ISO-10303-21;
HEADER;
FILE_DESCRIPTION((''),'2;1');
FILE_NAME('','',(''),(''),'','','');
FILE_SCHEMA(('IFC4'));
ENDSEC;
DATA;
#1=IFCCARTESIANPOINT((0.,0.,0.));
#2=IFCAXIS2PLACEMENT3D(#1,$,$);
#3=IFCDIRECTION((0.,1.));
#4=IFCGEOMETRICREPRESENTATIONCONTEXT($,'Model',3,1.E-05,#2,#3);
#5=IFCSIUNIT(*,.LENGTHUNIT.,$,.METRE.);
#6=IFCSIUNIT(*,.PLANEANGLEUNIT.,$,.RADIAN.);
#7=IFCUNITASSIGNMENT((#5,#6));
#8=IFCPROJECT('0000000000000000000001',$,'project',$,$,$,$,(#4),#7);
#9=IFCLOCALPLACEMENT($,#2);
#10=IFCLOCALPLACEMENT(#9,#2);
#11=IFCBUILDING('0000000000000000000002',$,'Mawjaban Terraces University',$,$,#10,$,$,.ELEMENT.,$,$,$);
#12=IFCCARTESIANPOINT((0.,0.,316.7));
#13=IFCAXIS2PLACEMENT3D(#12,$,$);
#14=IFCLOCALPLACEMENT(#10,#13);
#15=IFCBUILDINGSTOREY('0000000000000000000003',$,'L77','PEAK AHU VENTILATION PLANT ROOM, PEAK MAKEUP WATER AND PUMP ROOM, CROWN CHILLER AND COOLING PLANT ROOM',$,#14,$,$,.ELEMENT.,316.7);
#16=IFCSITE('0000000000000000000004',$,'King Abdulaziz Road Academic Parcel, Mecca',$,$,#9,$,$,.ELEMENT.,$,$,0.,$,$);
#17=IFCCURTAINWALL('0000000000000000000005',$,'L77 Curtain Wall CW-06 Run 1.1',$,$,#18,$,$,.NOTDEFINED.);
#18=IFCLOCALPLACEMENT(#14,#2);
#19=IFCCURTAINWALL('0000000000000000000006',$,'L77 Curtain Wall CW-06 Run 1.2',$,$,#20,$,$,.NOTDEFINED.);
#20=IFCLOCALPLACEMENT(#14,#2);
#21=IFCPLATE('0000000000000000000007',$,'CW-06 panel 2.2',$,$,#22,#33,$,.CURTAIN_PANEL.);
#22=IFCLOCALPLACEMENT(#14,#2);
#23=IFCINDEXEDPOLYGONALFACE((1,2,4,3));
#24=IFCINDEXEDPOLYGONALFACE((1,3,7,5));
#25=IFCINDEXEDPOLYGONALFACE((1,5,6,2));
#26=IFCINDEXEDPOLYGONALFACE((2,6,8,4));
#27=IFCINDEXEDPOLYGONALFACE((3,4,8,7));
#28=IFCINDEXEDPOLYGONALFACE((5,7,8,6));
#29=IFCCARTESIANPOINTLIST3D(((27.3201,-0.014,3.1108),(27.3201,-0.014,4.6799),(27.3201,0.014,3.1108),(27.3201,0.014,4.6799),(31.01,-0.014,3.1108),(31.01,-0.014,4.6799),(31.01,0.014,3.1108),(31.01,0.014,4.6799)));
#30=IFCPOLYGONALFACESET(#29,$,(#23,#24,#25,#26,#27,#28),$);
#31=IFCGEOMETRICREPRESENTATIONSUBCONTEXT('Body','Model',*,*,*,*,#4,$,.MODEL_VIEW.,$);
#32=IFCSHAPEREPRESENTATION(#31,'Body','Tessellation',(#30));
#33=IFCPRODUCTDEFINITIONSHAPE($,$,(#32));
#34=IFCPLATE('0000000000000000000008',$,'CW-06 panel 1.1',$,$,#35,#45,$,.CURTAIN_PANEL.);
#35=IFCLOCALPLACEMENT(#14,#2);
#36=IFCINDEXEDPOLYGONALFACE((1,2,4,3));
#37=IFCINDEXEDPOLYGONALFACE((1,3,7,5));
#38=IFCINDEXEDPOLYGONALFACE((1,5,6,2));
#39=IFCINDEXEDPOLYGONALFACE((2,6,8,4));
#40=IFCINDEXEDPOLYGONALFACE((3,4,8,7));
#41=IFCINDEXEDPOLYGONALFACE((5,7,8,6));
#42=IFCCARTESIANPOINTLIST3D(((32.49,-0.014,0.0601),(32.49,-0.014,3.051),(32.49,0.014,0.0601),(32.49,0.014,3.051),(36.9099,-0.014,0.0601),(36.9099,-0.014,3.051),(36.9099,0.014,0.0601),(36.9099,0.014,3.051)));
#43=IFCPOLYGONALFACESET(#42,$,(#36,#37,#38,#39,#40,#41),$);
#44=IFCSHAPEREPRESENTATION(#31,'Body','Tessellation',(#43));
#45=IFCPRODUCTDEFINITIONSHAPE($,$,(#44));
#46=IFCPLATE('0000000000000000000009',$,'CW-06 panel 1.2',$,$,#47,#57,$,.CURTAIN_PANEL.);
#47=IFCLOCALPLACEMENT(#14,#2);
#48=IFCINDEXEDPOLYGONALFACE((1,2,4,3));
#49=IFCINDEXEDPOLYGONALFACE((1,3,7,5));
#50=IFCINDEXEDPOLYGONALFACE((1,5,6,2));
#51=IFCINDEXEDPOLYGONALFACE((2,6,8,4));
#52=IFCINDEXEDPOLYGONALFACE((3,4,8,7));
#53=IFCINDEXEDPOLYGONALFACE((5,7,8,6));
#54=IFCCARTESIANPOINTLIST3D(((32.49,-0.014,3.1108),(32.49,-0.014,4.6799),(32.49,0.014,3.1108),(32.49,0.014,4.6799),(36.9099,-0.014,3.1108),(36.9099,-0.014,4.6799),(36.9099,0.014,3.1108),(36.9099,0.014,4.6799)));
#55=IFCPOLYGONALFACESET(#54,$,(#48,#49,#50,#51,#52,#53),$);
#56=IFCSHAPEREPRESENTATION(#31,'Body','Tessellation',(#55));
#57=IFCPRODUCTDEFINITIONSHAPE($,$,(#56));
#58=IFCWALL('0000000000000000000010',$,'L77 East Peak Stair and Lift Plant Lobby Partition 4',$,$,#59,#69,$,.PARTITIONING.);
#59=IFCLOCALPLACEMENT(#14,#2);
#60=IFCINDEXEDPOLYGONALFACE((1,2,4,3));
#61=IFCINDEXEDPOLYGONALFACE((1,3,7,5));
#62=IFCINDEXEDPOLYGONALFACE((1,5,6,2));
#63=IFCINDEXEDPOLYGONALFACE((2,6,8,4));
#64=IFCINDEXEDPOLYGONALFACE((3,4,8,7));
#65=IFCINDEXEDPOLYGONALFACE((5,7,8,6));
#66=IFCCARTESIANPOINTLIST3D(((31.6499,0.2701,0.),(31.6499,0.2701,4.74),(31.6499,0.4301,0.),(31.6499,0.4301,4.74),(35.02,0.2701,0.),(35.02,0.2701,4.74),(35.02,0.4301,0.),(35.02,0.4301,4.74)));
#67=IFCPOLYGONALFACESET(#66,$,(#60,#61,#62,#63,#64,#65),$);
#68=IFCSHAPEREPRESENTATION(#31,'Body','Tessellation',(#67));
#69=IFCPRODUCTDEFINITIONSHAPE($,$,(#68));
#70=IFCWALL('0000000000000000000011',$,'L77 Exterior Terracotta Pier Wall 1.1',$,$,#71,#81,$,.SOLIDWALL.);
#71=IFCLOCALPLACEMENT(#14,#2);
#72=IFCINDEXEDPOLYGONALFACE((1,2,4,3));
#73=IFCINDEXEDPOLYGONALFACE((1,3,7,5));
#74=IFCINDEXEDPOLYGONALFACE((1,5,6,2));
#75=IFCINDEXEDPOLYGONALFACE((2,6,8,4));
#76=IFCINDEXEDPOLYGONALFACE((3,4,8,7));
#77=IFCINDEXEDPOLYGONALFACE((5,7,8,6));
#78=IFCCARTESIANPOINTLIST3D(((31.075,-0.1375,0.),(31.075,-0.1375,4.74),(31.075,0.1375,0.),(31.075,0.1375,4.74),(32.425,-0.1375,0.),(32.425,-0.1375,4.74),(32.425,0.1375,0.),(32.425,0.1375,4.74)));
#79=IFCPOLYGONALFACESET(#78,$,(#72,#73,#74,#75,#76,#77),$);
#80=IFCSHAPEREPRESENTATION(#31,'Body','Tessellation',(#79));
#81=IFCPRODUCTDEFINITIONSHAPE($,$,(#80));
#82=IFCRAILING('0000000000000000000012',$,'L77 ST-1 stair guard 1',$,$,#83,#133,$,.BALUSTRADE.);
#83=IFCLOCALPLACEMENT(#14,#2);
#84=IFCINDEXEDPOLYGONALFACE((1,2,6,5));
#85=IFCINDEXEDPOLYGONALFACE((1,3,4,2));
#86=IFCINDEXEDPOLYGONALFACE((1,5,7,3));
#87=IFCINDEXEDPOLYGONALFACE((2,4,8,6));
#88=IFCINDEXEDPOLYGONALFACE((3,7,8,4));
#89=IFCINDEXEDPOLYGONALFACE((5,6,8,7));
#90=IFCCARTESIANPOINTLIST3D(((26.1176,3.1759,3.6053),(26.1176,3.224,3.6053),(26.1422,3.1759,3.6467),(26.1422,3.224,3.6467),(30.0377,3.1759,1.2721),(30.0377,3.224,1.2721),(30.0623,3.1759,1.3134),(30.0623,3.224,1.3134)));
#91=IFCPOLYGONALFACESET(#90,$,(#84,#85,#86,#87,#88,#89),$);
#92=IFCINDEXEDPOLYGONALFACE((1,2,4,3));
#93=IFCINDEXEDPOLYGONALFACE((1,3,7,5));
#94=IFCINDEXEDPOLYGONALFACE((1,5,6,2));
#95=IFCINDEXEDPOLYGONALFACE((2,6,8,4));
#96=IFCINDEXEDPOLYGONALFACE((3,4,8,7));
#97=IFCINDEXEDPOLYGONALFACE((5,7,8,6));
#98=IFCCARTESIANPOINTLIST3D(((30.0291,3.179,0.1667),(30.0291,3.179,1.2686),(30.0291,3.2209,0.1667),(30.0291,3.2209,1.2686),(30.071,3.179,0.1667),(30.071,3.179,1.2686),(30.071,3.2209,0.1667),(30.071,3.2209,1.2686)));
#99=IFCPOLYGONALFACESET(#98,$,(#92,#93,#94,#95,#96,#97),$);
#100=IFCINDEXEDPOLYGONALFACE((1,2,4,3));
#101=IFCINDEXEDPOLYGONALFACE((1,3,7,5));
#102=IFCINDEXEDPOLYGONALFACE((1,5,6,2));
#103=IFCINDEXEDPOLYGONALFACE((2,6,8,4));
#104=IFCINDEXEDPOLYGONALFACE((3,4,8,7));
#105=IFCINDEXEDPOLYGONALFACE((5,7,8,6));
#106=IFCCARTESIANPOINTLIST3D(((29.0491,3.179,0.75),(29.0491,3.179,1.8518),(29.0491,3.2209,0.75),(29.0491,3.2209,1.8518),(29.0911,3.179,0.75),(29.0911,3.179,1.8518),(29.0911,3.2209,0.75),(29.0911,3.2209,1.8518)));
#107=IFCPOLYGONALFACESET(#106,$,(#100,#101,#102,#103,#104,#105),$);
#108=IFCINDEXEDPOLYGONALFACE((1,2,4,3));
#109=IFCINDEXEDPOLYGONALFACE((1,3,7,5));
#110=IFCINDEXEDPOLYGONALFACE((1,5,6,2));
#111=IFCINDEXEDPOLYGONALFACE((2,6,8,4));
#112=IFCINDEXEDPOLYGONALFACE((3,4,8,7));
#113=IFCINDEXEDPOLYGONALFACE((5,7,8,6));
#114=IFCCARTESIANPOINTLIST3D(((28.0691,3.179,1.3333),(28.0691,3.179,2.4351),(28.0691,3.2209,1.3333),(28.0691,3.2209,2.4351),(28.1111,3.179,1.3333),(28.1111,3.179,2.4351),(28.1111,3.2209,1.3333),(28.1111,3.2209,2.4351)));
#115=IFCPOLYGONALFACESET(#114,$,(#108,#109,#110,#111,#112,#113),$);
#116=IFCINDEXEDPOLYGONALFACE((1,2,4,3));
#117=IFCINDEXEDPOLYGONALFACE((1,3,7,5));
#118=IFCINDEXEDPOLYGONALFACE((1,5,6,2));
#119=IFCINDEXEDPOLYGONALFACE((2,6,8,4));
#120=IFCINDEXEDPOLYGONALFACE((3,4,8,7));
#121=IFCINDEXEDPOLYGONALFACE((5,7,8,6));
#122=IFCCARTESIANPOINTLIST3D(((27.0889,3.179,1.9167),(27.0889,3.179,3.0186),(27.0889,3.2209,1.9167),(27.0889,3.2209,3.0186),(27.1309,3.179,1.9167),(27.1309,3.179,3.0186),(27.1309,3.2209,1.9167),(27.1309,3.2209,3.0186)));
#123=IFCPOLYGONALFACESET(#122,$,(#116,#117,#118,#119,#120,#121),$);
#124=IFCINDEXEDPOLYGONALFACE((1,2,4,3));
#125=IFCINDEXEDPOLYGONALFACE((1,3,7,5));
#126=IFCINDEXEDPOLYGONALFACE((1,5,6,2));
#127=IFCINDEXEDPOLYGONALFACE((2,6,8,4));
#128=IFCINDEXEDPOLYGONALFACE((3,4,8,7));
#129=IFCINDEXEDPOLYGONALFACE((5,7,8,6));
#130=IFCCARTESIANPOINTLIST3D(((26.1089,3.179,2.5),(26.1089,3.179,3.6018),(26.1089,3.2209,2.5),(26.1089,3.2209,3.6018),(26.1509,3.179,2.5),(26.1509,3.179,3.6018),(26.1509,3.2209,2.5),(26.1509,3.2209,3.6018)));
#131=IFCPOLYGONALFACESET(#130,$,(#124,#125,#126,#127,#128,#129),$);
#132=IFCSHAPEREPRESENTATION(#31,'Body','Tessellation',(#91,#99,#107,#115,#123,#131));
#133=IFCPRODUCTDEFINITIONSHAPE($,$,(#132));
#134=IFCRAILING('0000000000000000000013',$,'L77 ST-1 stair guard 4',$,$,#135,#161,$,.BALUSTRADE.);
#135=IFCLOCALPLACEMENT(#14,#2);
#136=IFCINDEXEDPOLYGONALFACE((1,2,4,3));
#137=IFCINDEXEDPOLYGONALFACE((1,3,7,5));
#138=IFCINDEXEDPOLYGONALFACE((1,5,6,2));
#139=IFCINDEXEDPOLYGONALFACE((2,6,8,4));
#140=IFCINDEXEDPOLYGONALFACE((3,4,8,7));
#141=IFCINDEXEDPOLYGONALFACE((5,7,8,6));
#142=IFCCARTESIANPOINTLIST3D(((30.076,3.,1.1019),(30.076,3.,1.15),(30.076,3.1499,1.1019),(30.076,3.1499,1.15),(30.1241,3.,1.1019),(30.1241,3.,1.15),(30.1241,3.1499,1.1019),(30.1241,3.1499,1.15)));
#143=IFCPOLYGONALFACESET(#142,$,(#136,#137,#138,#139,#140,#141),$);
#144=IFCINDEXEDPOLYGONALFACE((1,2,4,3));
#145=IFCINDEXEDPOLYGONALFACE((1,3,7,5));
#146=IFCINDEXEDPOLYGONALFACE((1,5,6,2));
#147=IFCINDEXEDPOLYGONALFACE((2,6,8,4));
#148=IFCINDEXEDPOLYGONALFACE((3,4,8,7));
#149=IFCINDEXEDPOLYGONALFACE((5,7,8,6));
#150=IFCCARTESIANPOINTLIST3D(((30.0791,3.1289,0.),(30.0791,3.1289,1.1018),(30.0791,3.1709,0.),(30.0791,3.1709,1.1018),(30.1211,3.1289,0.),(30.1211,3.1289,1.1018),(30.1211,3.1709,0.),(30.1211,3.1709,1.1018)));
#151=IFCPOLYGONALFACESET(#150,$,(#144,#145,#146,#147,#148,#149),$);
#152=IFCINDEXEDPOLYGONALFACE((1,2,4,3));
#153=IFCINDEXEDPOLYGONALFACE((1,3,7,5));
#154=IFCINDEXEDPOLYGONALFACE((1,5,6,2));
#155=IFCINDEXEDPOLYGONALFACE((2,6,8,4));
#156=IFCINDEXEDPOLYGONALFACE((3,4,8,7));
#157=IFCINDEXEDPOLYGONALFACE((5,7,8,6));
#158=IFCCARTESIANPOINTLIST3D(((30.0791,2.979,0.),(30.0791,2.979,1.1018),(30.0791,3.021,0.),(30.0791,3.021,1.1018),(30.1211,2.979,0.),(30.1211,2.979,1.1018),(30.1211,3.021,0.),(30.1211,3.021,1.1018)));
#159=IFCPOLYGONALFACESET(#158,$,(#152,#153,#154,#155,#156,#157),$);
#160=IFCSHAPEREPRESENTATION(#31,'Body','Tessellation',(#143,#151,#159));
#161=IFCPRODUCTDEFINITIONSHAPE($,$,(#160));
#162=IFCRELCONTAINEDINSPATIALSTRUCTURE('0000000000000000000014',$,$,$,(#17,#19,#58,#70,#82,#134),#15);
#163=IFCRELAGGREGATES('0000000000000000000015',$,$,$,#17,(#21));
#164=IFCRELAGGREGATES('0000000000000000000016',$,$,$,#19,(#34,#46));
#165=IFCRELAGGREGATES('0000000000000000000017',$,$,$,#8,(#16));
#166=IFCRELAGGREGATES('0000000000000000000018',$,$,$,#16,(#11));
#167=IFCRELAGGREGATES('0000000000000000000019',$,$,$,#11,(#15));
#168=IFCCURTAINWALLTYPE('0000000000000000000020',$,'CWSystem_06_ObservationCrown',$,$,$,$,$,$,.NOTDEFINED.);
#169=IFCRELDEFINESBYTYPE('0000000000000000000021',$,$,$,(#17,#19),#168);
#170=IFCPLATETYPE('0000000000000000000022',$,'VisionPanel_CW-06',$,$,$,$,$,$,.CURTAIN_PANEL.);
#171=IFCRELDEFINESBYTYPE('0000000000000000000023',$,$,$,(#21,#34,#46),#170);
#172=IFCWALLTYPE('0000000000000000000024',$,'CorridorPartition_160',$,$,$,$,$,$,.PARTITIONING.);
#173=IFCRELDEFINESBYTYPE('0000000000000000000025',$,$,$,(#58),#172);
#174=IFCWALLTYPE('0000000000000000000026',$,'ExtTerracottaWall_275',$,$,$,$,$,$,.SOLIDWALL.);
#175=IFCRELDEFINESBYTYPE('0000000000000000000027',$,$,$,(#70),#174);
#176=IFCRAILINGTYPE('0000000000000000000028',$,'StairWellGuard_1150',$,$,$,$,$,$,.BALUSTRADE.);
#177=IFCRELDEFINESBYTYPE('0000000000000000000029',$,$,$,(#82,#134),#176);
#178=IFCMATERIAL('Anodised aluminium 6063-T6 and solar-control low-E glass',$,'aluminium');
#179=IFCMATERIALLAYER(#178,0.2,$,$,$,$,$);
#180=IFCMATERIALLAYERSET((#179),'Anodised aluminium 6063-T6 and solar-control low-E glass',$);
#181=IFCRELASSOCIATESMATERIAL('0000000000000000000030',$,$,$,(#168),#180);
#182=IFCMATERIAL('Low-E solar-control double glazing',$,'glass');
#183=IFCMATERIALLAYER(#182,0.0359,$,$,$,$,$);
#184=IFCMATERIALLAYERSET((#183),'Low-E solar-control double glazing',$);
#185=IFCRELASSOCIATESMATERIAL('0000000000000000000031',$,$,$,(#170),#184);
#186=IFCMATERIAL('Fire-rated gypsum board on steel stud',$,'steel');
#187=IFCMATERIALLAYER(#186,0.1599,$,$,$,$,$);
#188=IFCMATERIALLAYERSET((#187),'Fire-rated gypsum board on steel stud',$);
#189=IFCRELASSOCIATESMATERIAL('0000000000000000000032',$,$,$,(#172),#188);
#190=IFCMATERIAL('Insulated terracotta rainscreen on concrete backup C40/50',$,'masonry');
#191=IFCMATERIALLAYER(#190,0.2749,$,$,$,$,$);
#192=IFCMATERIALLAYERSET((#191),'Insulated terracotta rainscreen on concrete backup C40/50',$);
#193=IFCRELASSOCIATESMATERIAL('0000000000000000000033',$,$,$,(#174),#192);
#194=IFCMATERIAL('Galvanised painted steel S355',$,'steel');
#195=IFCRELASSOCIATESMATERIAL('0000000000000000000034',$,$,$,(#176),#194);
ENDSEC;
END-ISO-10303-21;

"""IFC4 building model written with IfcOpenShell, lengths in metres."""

from ifc_helpers import new_model, si_unit, direction, frame, frame_2d, origin, origin_2d, place, context, subcontext, project, spatial, rectangle, extrude, material, layer, layer_set, type_object, element, aggregate, save


model = new_model("IFC4")

# Units and contexts
model_context = context("Model", 3, precision=1e-05, world=origin(), true_north=direction((0.0, 1.0)))
body_context = subcontext(model_context, "Body", "Model", "MODEL_VIEW")
ifc_project = project(units=[si_unit("LENGTHUNIT", "METRE"), si_unit("PLANEANGLEUNIT", "RADIAN")], contexts=[model_context])

# Site, building, storey
site_placement = place(None, origin())
site = spatial("IfcSite", under=ifc_project, at=site_placement, Name="King Abdulaziz Road Academic Parcel, Mecca", CompositionType="ELEMENT", RefElevation=0.0)
building_placement = place(site_placement, origin())
building = spatial("IfcBuilding", under=site, at=building_placement, Name="Mawjaban Terraces University", CompositionType="ELEMENT")
storey_placement = place(building_placement, frame((0.0, 0.0, 316.7)))
storey = spatial("IfcBuildingStorey", under=building, at=storey_placement, Name="L77", Description="PEAK AHU VENTILATION PLANT ROOM, PEAK MAKEUP WATER AND PUMP ROOM, CROWN CHILLER AND COOLING PLANT ROOM", CompositionType="ELEMENT", Elevation=316.7)

# Curtain wall
ifc_material_1 = material(Name="Anodised aluminium 6063-T6 and solar-control low-E glass", Category="aluminium")
ifc_layer_1 = layer(ifc_material_1, 0.2)
ifc_layer_set_1 = layer_set([ifc_layer_1], Name="Anodised aluminium 6063-T6 and solar-control low-E glass")
curtain_wall_type = type_object("IfcCurtainWallType", Name="CWSystem_06_ObservationCrown", PredefinedType="NOTDEFINED", material=ifc_layer_set_1)
curtain_wall_1_placement = place(storey_placement, origin())
curtain_wall_1 = element("IfcCurtainWall", 1, at=curtain_wall_1_placement, inside=storey, type_object=curtain_wall_type, Name="L77 Curtain Wall CW-06 Run 1.1", PredefinedType="NOTDEFINED")

# Curtain wall
curtain_wall_2_placement = place(storey_placement, origin())
curtain_wall_2 = element("IfcCurtainWall", 2, at=curtain_wall_2_placement, inside=storey, type_object=curtain_wall_type, Name="L77 Curtain Wall CW-06 Run 1.2", PredefinedType="NOTDEFINED")

# Plates
ifc_material_2 = material(Name="Low-E solar-control double glazing", Category="glass")
ifc_layer_2 = layer(ifc_material_2, 0.0359)
ifc_layer_set_2 = layer_set([ifc_layer_2], Name="Low-E solar-control double glazing")
plate_type = type_object("IfcPlateType", Name="VisionPanel_CW-06", PredefinedType="CURTAIN_PANEL", material=ifc_layer_set_2)
plate_1_placement = place(storey_placement, frame((29.165, 0.0, 3.1108), z_axis=(0.0, 0.0, 1.0), x_axis=(1.0, 0.0, 0.0)))
plate_1 = element("IfcPlate", 3, at=plate_1_placement, type_object=plate_type, Name="CW-06 panel 2.2", PredefinedType="CURTAIN_PANEL", context=body_context, shape_type="SweptSolid", body=[
    extrude(rectangle(XDim=3.6899, YDim=0.0281, at=origin_2d()), origin(), (0.0, 0.0, 1.0), 1.5691),
])
aggregate(curtain_wall_1, [plate_1])
plate_2_placement = place(storey_placement, frame((34.7, 0.0, 0.0601), z_axis=(0.0, 0.0, 1.0), x_axis=(1.0, 0.0, 0.0)))
plate_2 = element("IfcPlate", 4, at=plate_2_placement, type_object=plate_type, Name="CW-06 panel 1.1", PredefinedType="CURTAIN_PANEL", context=body_context, shape_type="SweptSolid", body=[
    extrude(rectangle(XDim=4.4199, YDim=0.0281, at=origin_2d()), origin(), (0.0, 0.0, 1.0), 2.991),
])
plate_3_placement = place(storey_placement, frame((34.7, 0.0, 3.1108), z_axis=(0.0, 0.0, 1.0), x_axis=(1.0, 0.0, 0.0)))
plate_3 = element("IfcPlate", 5, at=plate_3_placement, type_object=plate_type, Name="CW-06 panel 1.2", PredefinedType="CURTAIN_PANEL", context=body_context, shape_type="SweptSolid", body=[
    extrude(rectangle(XDim=4.4199, YDim=0.0281, at=origin_2d()), origin(), (0.0, 0.0, 1.0), 1.5691),
])
aggregate(curtain_wall_2, [plate_2, plate_3])

# Walls
ifc_material_3 = material(Name="Fire-rated gypsum board on steel stud", Category="steel")
ifc_layer_3 = layer(ifc_material_3, 0.1599)
ifc_layer_set_3 = layer_set([ifc_layer_3], Name="Fire-rated gypsum board on steel stud")
wall_type_1 = type_object("IfcWallType", Name="CorridorPartition_160", PredefinedType="PARTITIONING", material=ifc_layer_set_3)
wall_1_placement = place(storey_placement, frame((31.6499, 0.3501, 0.0), z_axis=(0.0, 0.0, 1.0), x_axis=(1.0, 0.0, 0.0)))
element("IfcWall", 6, at=wall_1_placement, inside=storey, type_object=wall_type_1, Name="L77 East Peak Stair and Lift Plant Lobby Partition 4", PredefinedType="PARTITIONING", context=body_context, shape_type="SweptSolid", body=[
    extrude(rectangle(XDim=3.3701, YDim=0.1599, at=frame_2d((1.6851, 0.0))), origin(), (0.0, 0.0, 1.0), 4.74),
])
ifc_material_4 = material(Name="Insulated terracotta rainscreen on concrete backup C40/50", Category="masonry")
ifc_layer_4 = layer(ifc_material_4, 0.2749)
ifc_layer_set_4 = layer_set([ifc_layer_4], Name="Insulated terracotta rainscreen on concrete backup C40/50")
wall_type_2 = type_object("IfcWallType", Name="ExtTerracottaWall_275", PredefinedType="SOLIDWALL", material=ifc_layer_set_4)
wall_2_placement = place(storey_placement, frame((31.075, 0.0, 0.0), z_axis=(0.0, 0.0, 1.0), x_axis=(1.0, 0.0, 0.0)))
element("IfcWall", 7, at=wall_2_placement, inside=storey, type_object=wall_type_2, Name="L77 Exterior Terracotta Pier Wall 1.1", PredefinedType="SOLIDWALL", context=body_context, shape_type="SweptSolid", body=[
    extrude(rectangle(XDim=1.3501, YDim=0.2749, at=frame_2d((0.675, 0.0))), origin(), (0.0, 0.0, 1.0), 4.74),
])

# Railings
ifc_material_5 = material(Name="Galvanised painted steel S355", Category="steel")
railing_type = type_object("IfcRailingType", Name="StairWellGuard_1150", PredefinedType="BALUSTRADE", material=ifc_material_5)
railing_1_placement = place(storey_placement, frame((30.05, 3.2, 0.1667)))
element("IfcRailing", 8, at=railing_1_placement, inside=storey, type_object=railing_type, Name="L77 ST-1 stair guard 1", PredefinedType="BALUSTRADE", context=body_context, shape_type="SweptSolid", body=[
    extrude(rectangle(XDim=0.0481, YDim=0.0481, at=origin_2d()), frame((0.0, 0.0, 1.126), z_axis=(-0.85931, 0.0, 0.511455), x_axis=(0.0, -1.0, 0.0)), (0.0, 0.0, 1.0), 4.562),
    extrude(rectangle(XDim=0.042, YDim=0.042, at=origin_2d()), origin(), (0.0, 0.0, 1.0), 1.1018),
    extrude(rectangle(XDim=0.042, YDim=0.042, at=origin_2d()), frame((-0.98, 0.0, 0.5833)), (0.0, 0.0, 1.0), 1.1018),
    extrude(rectangle(XDim=0.042, YDim=0.042, at=origin_2d()), frame((-1.96, 0.0, 1.1665)), (0.0, 0.0, 1.0), 1.1018),
    extrude(rectangle(XDim=0.042, YDim=0.042, at=origin_2d()), frame((-2.9402, 0.0, 1.75)), (0.0, 0.0, 1.0), 1.1018),
    extrude(rectangle(XDim=0.042, YDim=0.042, at=origin_2d()), frame((-3.9202, 0.0, 2.3333)), (0.0, 0.0, 1.0), 1.1018),
])
railing_2_placement = place(storey_placement, frame((30.1001, 3.1499, 0.0)))
element("IfcRailing", 9, at=railing_2_placement, inside=storey, type_object=railing_type, Name="L77 ST-1 stair guard 4", PredefinedType="BALUSTRADE", context=body_context, shape_type="SweptSolid", body=[
    extrude(rectangle(XDim=0.0481, YDim=0.0481, at=origin_2d()), frame((0.0, 0.0, 1.126), z_axis=(0.0, -1.0, 0.0), x_axis=(1.0, 0.0, 0.0)), (0.0, 0.0, 1.0), 0.1499),
    extrude(rectangle(XDim=0.042, YDim=0.042, at=origin_2d()), origin(), (0.0, 0.0, 1.0), 1.1018),
    extrude(rectangle(XDim=0.042, YDim=0.042, at=origin_2d()), frame((0.0, -0.1499, 0.0)), (0.0, 0.0, 1.0), 1.1018),
])

save(model, "model.ifc")
